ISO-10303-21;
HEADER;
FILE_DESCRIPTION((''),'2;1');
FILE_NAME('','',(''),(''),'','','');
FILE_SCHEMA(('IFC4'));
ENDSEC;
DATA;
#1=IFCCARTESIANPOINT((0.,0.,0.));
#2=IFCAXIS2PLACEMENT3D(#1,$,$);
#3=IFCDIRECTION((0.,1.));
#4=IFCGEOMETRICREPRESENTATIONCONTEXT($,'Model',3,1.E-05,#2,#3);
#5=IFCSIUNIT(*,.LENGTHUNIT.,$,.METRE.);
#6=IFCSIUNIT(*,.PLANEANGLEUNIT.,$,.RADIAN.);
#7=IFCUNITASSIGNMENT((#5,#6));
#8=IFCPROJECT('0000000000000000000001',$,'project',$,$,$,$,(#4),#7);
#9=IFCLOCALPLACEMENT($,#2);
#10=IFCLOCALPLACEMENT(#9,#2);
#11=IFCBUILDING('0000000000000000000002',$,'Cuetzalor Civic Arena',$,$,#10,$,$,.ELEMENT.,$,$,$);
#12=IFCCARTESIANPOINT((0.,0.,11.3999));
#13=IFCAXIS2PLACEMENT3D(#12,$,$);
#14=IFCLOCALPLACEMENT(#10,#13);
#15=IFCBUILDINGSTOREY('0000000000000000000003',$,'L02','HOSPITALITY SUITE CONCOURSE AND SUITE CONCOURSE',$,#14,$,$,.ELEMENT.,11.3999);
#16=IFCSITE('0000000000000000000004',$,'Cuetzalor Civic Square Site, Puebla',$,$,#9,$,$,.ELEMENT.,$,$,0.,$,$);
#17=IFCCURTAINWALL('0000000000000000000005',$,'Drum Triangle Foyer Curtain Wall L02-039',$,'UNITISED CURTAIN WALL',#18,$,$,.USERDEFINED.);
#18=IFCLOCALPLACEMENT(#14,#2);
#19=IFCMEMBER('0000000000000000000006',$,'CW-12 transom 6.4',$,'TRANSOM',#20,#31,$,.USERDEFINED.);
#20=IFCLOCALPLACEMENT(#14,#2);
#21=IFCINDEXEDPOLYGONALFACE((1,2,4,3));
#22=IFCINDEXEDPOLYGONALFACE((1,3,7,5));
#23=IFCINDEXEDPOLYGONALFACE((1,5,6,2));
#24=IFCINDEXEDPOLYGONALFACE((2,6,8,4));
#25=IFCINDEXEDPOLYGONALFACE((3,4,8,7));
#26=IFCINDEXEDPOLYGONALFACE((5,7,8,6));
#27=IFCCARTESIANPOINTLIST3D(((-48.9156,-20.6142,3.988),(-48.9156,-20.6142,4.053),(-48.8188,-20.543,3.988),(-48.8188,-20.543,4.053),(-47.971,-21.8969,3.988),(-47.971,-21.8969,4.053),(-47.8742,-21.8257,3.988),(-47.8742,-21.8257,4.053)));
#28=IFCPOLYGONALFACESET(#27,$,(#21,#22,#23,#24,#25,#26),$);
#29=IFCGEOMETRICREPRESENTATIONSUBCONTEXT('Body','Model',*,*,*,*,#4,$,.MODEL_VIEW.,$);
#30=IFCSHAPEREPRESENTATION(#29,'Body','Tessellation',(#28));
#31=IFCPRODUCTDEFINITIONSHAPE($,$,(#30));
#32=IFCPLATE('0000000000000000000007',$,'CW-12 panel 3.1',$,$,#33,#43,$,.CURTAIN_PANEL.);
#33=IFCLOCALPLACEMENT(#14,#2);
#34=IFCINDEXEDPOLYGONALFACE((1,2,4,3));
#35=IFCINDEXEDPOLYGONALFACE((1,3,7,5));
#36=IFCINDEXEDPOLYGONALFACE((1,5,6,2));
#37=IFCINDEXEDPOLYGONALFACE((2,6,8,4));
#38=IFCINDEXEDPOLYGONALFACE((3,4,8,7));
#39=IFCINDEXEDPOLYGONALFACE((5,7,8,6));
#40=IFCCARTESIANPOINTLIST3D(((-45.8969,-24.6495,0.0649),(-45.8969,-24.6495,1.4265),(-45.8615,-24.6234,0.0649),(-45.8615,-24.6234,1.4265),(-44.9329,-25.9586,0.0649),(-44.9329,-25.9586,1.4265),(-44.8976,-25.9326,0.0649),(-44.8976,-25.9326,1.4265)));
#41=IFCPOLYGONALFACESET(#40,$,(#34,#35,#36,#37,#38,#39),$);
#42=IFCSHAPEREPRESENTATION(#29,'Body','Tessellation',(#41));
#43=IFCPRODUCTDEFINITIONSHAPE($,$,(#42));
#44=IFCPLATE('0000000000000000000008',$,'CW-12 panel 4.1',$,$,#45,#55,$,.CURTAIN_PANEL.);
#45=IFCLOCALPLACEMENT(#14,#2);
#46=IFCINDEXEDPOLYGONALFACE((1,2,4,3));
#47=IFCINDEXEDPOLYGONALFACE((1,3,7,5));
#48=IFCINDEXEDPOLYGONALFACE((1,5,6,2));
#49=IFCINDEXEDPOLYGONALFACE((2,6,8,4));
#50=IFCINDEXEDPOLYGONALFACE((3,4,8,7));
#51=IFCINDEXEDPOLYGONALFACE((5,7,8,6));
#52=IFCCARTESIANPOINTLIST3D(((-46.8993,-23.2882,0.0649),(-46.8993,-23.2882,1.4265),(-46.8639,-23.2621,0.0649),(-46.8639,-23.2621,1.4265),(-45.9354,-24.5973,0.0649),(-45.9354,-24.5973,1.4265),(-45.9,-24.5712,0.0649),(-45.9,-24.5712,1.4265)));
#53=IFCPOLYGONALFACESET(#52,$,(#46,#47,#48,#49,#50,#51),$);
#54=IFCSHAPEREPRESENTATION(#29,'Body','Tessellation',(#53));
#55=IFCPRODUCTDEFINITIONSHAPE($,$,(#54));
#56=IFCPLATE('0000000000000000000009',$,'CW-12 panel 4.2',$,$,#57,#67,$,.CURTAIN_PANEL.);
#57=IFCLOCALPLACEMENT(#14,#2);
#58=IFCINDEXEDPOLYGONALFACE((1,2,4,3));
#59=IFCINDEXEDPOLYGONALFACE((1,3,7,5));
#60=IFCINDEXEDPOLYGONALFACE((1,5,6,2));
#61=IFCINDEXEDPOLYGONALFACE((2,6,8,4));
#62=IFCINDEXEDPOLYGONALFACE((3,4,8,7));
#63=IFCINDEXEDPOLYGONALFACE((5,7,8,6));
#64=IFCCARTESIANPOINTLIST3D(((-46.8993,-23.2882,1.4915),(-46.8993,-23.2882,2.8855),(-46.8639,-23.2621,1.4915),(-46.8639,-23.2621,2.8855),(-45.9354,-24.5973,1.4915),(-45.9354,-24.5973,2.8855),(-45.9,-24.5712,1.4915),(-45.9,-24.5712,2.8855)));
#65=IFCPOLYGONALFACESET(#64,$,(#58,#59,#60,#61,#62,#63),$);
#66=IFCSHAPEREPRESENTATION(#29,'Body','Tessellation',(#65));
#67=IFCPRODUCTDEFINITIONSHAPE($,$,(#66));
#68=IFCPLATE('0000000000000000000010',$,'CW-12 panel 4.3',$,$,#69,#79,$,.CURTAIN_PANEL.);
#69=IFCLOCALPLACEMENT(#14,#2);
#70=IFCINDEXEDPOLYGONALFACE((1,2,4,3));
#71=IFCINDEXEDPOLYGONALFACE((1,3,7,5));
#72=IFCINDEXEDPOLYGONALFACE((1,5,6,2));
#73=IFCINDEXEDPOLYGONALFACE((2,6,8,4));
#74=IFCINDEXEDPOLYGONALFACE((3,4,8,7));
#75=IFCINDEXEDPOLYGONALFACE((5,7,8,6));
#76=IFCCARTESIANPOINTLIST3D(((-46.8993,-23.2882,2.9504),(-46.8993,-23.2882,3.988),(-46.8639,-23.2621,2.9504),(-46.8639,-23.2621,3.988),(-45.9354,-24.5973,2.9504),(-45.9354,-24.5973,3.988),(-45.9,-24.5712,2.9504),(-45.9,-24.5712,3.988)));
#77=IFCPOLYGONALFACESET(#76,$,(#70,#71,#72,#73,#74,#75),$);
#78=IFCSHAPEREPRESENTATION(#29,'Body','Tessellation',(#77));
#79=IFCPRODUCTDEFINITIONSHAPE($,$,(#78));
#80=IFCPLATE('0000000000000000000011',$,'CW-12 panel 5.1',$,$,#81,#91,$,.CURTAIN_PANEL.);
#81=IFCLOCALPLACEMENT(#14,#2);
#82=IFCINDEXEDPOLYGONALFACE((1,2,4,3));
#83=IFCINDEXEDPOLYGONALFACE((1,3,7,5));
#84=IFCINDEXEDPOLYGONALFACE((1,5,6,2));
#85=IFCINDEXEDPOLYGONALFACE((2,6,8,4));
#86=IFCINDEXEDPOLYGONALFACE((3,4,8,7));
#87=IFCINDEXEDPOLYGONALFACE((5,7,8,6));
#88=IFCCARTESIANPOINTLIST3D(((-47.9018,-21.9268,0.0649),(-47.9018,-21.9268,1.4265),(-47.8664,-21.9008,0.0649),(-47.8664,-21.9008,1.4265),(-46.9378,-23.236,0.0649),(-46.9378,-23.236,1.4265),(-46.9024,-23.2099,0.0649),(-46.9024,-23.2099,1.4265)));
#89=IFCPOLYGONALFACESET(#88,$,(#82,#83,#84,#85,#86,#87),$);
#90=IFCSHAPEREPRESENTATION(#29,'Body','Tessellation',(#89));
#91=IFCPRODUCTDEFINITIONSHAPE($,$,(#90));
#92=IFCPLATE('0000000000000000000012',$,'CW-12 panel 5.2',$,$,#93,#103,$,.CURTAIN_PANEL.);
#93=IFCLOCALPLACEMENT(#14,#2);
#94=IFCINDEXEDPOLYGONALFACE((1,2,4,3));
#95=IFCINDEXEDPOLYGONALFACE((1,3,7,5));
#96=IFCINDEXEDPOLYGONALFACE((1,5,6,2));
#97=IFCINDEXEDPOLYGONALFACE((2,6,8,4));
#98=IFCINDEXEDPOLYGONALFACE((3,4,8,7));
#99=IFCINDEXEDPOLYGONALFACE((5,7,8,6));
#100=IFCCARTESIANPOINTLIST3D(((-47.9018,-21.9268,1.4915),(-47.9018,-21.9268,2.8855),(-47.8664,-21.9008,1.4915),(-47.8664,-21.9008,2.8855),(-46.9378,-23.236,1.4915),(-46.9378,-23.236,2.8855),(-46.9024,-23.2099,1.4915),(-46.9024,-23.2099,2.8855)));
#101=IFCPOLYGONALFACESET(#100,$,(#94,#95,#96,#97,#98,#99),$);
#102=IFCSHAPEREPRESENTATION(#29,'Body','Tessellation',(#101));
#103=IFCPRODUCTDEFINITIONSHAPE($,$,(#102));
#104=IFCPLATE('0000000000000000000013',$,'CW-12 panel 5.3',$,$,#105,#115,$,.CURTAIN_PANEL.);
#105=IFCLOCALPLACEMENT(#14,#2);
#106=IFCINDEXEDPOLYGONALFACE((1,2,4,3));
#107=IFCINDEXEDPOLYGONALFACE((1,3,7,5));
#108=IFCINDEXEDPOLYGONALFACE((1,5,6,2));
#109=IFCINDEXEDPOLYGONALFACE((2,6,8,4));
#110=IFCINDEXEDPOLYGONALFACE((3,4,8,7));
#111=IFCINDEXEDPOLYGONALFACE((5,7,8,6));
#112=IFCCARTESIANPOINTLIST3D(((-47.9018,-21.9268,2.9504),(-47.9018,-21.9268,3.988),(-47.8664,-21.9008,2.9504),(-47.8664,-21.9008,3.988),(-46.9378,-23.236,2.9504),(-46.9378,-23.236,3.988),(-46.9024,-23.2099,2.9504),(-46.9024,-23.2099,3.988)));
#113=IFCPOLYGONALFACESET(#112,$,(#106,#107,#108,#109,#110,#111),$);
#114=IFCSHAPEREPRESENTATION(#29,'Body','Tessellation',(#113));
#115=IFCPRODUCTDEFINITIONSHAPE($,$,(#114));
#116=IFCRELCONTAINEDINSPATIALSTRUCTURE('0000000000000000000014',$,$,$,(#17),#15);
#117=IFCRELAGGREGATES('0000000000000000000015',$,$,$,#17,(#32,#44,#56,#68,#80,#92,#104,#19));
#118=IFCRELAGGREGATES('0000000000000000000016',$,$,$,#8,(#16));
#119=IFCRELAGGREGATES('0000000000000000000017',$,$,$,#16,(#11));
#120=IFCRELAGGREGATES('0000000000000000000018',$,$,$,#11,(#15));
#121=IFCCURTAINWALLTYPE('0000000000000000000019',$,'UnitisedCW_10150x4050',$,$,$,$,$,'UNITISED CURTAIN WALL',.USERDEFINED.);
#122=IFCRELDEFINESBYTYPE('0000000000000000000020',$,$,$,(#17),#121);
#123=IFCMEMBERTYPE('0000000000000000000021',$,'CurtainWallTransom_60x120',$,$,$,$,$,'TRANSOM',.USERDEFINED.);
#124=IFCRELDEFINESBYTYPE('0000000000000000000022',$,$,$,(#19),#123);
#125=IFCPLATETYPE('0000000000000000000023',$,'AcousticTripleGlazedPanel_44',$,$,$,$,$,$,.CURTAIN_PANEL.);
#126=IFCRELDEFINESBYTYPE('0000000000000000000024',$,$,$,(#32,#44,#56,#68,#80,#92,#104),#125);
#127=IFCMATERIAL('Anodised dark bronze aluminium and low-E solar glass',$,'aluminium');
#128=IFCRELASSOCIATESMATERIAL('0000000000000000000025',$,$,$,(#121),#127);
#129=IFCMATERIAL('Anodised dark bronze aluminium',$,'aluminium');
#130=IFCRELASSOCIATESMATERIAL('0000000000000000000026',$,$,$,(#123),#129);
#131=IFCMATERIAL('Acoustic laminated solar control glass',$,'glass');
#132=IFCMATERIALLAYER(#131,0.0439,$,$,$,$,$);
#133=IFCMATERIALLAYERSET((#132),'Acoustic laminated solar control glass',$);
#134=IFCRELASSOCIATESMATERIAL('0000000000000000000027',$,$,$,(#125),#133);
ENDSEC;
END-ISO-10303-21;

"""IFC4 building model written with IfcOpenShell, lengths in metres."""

from ifc_helpers import new_model, si_unit, direction, frame, origin, origin_2d, place, context, subcontext, project, spatial, rectangle, extrude, material, layer, layer_set, material_profile, profile_set, type_object, element, aggregate, save


model = new_model("IFC4")

# Units and contexts
model_context = context("Model", 3, precision=1e-05, world=origin(), true_north=direction((0.0, 1.0)))
body_context = subcontext(model_context, "Body", "Model", "MODEL_VIEW")
ifc_project = project(units=[si_unit("LENGTHUNIT", "METRE"), si_unit("PLANEANGLEUNIT", "RADIAN")], contexts=[model_context])

# Site, building, storey
site_placement = place(None, origin())
site = spatial("IfcSite", under=ifc_project, at=site_placement, Name="Cuetzalor Civic Square Site, Puebla", CompositionType="ELEMENT", RefElevation=0.0)
building_placement = place(site_placement, origin())
building = spatial("IfcBuilding", under=site, at=building_placement, Name="Cuetzalor Civic Arena", CompositionType="ELEMENT")
storey_placement = place(building_placement, frame((0.0, 0.0, 11.3999)))
storey = spatial("IfcBuildingStorey", under=building, at=storey_placement, Name="L02", Description="HOSPITALITY SUITE CONCOURSE AND SUITE CONCOURSE", CompositionType="ELEMENT", Elevation=11.3999)

# Curtain wall, member, plates
ifc_material_1 = material(Name="Anodised dark bronze aluminium and low-E solar glass", Category="aluminium")
curtain_wall_type = type_object("IfcCurtainWallType", Name="UnitisedCW_10150x4050", ElementType="UNITISED CURTAIN WALL", PredefinedType="USERDEFINED", material=ifc_material_1)
curtain_wall_placement = place(storey_placement, origin())
curtain_wall = element("IfcCurtainWall", 1, at=curtain_wall_placement, inside=storey, type_object=curtain_wall_type, Name="Drum Triangle Foyer Curtain Wall L02-039", ObjectType="UNITISED CURTAIN WALL", PredefinedType="USERDEFINED")
ifc_material_2 = material(Name="Anodised dark bronze aluminium", Category="aluminium")
ifc_material_profile_1 = material_profile(ifc_material_2, rectangle(XDim=0.1201, YDim=0.0649, at=origin_2d()), Name="ALU TRANSOM 65x120")
ifc_profile_set_1 = profile_set([ifc_material_profile_1], Name="Anodised dark bronze aluminium")
member_type_1 = type_object("IfcMemberType", Name="CurtainWallTransom_60x120", ElementType="TRANSOM", PredefinedType="USERDEFINED", material=ifc_profile_set_1)
member_1_placement = place(storey_placement, frame((-47.9226, -21.8613, 4.0205), z_axis=(-0.592964, 0.805229, 0.0), x_axis=(-0.805229, -0.592964, 0.0)))
member_1 = element("IfcMember", 2, at=member_1_placement, type_object=member_type_1, Name="CW-12 transom 6.4", ObjectType="TRANSOM", PredefinedType="USERDEFINED", context=body_context, shape_type="SweptSolid", body=[
    extrude(rectangle(XDim=0.1201, YDim=0.0649, at=origin_2d()), origin(), (0.0, 0.0, 1.0), 1.593),
])
ifc_material_3 = material(Name="Acoustic laminated solar control glass", Category="glass")
ifc_layer = layer(ifc_material_3, 0.0439)
ifc_layer_set = layer_set([ifc_layer], Name="Acoustic laminated solar control glass")
plate_type = type_object("IfcPlateType", Name="AcousticTripleGlazedPanel_44", PredefinedType="CURTAIN_PANEL", material=ifc_layer_set)
plate_1_placement = place(storey_placement, frame((-45.3972, -25.291, 0.0649), z_axis=(0.0, 0.0, 1.0), x_axis=(-0.592929, 0.805255, 0.0)))
plate_1 = element("IfcPlate", 3, at=plate_1_placement, type_object=plate_type, Name="CW-12 panel 3.1", PredefinedType="CURTAIN_PANEL", context=body_context, shape_type="SweptSolid", body=[
    extrude(rectangle(XDim=1.6257, YDim=0.0439, at=origin_2d()), origin(), (0.0, 0.0, 1.0), 1.3616),
])
plate_2_placement = place(storey_placement, frame((-46.3997, -23.9297, 0.0649), z_axis=(0.0, 0.0, 1.0), x_axis=(-0.592929, 0.805255, 0.0)))
plate_2 = element("IfcPlate", 4, at=plate_2_placement, type_object=plate_type, Name="CW-12 panel 4.1", PredefinedType="CURTAIN_PANEL", context=body_context, shape_type="SweptSolid", body=[
    extrude(rectangle(XDim=1.6257, YDim=0.0439, at=origin_2d()), origin(), (0.0, 0.0, 1.0), 1.3616),
])
plate_3_placement = place(storey_placement, frame((-46.3997, -23.9297, 1.4915), z_axis=(0.0, 0.0, 1.0), x_axis=(-0.592929, 0.805255, 0.0)))
plate_3 = element("IfcPlate", 5, at=plate_3_placement, type_object=plate_type, Name="CW-12 panel 4.2", PredefinedType="CURTAIN_PANEL", context=body_context, shape_type="SweptSolid", body=[
    extrude(rectangle(XDim=1.6257, YDim=0.0439, at=origin_2d()), origin(), (0.0, 0.0, 1.0), 1.394),
])
plate_4_placement = place(storey_placement, frame((-46.3997, -23.9297, 2.9504), z_axis=(0.0, 0.0, 1.0), x_axis=(-0.592929, 0.805255, 0.0)))
plate_4 = element("IfcPlate", 6, at=plate_4_placement, type_object=plate_type, Name="CW-12 panel 4.3", PredefinedType="CURTAIN_PANEL", context=body_context, shape_type="SweptSolid", body=[
    extrude(rectangle(XDim=1.6257, YDim=0.0439, at=origin_2d()), origin(), (0.0, 0.0, 1.0), 1.0376),
])
plate_5_placement = place(storey_placement, frame((-47.4021, -22.5684, 0.0649), z_axis=(0.0, 0.0, 1.0), x_axis=(-0.592929, 0.805255, 0.0)))
plate_5 = element("IfcPlate", 7, at=plate_5_placement, type_object=plate_type, Name="CW-12 panel 5.1", PredefinedType="CURTAIN_PANEL", context=body_context, shape_type="SweptSolid", body=[
    extrude(rectangle(XDim=1.6257, YDim=0.0439, at=origin_2d()), origin(), (0.0, 0.0, 1.0), 1.3616),
])
plate_6_placement = place(storey_placement, frame((-47.4021, -22.5684, 1.4915), z_axis=(0.0, 0.0, 1.0), x_axis=(-0.592929, 0.805255, 0.0)))
plate_6 = element("IfcPlate", 8, at=plate_6_placement, type_object=plate_type, Name="CW-12 panel 5.2", PredefinedType="CURTAIN_PANEL", context=body_context, shape_type="SweptSolid", body=[
    extrude(rectangle(XDim=1.6257, YDim=0.0439, at=origin_2d()), origin(), (0.0, 0.0, 1.0), 1.394),
])
plate_7_placement = place(storey_placement, frame((-47.4021, -22.5684, 2.9504), z_axis=(0.0, 0.0, 1.0), x_axis=(-0.592929, 0.805255, 0.0)))
plate_7 = element("IfcPlate", 9, at=plate_7_placement, type_object=plate_type, Name="CW-12 panel 5.3", PredefinedType="CURTAIN_PANEL", context=body_context, shape_type="SweptSolid", body=[
    extrude(rectangle(XDim=1.6257, YDim=0.0439, at=origin_2d()), origin(), (0.0, 0.0, 1.0), 1.0376),
])
aggregate(curtain_wall, [plate_1, plate_2, plate_3, plate_4, plate_5, plate_6, plate_7, member_1])

save(model, "model.ifc")
